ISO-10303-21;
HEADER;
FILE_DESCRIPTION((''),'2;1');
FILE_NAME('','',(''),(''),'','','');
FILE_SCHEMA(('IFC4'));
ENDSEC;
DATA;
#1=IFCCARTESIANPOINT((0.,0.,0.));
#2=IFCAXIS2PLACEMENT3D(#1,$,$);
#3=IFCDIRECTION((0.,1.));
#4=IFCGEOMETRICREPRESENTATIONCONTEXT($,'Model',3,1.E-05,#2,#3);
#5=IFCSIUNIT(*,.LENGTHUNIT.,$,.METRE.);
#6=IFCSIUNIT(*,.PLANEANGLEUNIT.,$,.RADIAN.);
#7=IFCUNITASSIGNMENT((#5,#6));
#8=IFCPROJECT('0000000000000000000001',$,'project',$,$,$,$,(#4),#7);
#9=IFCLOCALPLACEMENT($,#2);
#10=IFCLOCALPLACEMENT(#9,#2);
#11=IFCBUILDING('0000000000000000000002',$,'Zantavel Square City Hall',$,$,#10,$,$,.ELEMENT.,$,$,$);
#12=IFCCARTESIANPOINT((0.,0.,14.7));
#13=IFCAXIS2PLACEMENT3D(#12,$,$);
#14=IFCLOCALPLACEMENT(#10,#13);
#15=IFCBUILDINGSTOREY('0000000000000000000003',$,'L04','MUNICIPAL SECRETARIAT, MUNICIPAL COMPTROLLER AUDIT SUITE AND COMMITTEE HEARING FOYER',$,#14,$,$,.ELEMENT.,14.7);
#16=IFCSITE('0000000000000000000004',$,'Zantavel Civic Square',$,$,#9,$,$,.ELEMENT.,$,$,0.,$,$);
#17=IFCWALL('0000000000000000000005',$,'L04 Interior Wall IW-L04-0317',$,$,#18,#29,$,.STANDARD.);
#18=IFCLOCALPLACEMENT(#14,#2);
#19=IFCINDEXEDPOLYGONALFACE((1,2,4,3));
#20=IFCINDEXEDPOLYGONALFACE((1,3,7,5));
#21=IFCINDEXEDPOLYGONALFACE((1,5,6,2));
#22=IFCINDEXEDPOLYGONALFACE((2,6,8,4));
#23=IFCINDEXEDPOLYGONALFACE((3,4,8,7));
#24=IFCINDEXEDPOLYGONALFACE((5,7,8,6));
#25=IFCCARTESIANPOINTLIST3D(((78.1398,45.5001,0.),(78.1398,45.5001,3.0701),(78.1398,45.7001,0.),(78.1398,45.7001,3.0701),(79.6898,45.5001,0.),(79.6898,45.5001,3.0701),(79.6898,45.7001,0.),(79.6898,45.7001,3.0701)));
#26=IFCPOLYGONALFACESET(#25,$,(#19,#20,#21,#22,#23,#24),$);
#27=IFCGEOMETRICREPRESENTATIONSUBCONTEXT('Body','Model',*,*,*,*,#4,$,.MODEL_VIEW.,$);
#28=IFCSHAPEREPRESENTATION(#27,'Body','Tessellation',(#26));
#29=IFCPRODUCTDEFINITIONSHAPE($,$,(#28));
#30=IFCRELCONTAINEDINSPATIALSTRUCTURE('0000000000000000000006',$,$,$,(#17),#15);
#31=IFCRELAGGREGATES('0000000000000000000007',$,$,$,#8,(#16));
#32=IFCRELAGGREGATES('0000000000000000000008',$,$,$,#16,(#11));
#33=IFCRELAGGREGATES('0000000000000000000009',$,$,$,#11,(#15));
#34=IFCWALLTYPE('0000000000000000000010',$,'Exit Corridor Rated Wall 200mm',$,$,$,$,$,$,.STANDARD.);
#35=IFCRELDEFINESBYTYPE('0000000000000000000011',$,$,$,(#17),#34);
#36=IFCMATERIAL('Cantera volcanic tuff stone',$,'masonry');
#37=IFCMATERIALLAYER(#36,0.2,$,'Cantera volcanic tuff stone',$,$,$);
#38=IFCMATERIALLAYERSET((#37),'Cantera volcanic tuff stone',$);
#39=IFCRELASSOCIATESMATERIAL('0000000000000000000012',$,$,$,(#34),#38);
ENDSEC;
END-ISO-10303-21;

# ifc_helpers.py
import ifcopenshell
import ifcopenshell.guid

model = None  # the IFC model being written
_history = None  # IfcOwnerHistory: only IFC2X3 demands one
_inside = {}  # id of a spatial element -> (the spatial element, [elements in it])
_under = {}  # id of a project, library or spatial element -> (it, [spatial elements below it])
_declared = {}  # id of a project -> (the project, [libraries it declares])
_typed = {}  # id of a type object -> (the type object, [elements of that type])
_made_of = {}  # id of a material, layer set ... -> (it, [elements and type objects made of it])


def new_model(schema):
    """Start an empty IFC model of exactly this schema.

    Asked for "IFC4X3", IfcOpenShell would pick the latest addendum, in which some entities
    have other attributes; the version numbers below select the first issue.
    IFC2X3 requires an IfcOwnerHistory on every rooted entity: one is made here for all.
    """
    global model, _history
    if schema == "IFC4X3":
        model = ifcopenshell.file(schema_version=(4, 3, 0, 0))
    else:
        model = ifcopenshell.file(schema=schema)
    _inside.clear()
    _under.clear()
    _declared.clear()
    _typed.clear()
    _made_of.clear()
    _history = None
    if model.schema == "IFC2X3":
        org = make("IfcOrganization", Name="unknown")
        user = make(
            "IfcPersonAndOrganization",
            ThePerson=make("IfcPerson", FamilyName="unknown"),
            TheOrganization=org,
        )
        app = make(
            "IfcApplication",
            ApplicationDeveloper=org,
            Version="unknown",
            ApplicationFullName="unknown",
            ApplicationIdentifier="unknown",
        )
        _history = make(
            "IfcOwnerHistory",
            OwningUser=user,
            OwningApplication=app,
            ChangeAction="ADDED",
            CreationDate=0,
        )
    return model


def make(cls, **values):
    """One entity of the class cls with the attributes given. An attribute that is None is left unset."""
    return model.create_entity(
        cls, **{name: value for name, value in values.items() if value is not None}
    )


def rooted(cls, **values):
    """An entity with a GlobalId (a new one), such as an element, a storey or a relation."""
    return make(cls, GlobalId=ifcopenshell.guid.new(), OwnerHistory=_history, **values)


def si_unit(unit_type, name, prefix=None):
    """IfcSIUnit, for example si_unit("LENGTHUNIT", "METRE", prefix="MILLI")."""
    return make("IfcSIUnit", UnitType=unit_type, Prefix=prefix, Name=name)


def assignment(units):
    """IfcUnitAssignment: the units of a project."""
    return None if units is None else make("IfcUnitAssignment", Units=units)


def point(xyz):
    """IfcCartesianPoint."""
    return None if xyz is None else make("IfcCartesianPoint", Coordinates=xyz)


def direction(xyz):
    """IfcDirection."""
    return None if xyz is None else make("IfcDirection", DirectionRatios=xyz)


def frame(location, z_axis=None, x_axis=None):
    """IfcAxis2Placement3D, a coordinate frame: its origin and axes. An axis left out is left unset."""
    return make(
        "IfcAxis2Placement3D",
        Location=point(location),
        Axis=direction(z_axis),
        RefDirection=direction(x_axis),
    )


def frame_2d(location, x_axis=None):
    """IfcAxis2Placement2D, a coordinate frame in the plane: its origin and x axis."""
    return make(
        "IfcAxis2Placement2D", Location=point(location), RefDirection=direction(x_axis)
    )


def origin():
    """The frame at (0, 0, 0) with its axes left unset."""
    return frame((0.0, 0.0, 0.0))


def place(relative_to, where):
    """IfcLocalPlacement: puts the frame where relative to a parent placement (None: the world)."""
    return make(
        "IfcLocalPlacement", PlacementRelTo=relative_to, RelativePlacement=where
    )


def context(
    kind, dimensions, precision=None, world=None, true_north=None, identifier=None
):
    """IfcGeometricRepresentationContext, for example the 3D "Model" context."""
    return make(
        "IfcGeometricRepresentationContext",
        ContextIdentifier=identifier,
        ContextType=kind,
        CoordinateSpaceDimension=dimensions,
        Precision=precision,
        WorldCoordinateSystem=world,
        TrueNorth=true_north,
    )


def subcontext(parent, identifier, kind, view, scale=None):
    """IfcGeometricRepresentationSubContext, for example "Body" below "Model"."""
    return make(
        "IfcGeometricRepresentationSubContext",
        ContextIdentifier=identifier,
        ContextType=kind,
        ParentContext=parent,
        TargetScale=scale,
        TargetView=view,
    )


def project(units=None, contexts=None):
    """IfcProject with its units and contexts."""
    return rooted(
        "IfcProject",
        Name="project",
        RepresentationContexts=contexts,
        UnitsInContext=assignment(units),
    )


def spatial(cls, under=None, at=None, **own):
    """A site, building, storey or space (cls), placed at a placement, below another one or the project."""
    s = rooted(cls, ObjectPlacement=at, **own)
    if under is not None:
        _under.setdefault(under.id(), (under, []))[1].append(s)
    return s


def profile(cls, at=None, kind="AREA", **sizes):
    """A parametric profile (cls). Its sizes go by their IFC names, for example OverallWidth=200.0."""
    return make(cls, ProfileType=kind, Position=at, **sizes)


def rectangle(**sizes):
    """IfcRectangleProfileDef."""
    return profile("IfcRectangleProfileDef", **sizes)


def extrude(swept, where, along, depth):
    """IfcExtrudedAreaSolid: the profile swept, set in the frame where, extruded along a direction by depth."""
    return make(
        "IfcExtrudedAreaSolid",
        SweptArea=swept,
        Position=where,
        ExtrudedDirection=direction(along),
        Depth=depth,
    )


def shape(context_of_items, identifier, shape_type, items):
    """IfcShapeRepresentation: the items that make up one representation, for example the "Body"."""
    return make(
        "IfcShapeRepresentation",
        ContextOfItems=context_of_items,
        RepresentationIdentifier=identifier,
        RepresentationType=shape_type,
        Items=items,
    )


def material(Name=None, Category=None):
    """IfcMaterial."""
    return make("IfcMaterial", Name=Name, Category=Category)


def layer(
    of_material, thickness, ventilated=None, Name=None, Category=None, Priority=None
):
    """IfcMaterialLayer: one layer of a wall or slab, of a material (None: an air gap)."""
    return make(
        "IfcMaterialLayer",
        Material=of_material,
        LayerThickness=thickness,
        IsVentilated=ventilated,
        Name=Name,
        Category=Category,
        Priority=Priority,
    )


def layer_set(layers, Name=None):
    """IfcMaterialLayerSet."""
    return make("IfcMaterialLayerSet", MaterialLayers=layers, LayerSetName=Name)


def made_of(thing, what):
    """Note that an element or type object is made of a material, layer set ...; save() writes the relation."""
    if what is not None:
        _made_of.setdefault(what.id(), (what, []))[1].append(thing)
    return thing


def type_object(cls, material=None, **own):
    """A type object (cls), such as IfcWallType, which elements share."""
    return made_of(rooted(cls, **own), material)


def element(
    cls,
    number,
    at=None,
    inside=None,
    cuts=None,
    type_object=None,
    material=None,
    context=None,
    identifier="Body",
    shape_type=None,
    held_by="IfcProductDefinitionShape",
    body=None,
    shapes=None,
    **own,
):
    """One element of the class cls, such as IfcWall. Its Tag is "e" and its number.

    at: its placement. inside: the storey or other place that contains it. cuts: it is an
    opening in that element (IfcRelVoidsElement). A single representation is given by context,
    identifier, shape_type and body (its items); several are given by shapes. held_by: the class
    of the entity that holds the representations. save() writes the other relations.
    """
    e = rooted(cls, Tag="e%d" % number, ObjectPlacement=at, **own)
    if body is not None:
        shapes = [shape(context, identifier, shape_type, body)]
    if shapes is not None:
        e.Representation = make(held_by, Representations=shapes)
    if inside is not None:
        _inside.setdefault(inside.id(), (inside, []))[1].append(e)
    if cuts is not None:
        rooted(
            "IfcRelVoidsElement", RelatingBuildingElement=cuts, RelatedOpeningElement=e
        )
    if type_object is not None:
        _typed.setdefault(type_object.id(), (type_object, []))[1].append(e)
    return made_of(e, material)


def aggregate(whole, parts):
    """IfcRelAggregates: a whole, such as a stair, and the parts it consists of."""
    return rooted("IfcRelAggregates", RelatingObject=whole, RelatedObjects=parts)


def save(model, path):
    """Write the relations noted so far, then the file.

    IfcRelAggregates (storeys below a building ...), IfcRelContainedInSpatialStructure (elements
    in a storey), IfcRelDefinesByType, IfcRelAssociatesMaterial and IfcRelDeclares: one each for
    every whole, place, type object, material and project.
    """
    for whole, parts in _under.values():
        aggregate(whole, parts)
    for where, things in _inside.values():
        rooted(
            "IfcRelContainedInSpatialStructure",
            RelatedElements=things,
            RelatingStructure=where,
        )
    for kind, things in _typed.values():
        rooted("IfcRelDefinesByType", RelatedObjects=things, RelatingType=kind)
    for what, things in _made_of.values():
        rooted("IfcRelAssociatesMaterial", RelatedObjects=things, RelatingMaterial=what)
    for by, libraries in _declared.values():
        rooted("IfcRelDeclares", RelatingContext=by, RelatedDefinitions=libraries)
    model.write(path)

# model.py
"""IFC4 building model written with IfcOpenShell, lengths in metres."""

from ifc_helpers import new_model, si_unit, direction, frame, frame_2d, origin, place, context, subcontext, project, spatial, rectangle, extrude, material, layer, layer_set, type_object, element, save


model = new_model("IFC4")

# Units and contexts
model_context = context("Model", 3, precision=1e-05, world=origin(), true_north=direction((0.0, 1.0)))
body_context = subcontext(model_context, "Body", "Model", "MODEL_VIEW")
ifc_project = project(units=[si_unit("LENGTHUNIT", "METRE"), si_unit("PLANEANGLEUNIT", "RADIAN")], contexts=[model_context])

# Site, building, storey
site_placement = place(None, origin())
site = spatial("IfcSite", under=ifc_project, at=site_placement, Name="Zantavel Civic Square", CompositionType="ELEMENT", RefElevation=0.0)
building_placement = place(site_placement, origin())
building = spatial("IfcBuilding", under=site, at=building_placement, Name="Zantavel Square City Hall", CompositionType="ELEMENT")
storey_placement = place(building_placement, frame((0.0, 0.0, 14.7)))
storey = spatial("IfcBuildingStorey", under=building, at=storey_placement, Name="L04", Description="MUNICIPAL SECRETARIAT, MUNICIPAL COMPTROLLER AUDIT SUITE AND COMMITTEE HEARING FOYER", CompositionType="ELEMENT", Elevation=14.7)

# Wall
ifc_material_1 = material(Name="Cantera volcanic tuff stone", Category="masonry")
ifc_layer_1 = layer(ifc_material_1, 0.2, Name="Cantera volcanic tuff stone")
ifc_layer_set_1 = layer_set([ifc_layer_1], Name="Cantera volcanic tuff stone")
wall_type_1 = type_object("IfcWallType", Name="Exit Corridor Rated Wall 200mm", PredefinedType="STANDARD", material=ifc_layer_set_1)
wall_1_placement = place(storey_placement, frame((78.1399, 45.6001, 0.0), z_axis=(0.0, 0.0, 1.0), x_axis=(1.0, 0.0, 0.0)))
element("IfcWall", 1, at=wall_1_placement, inside=storey, type_object=wall_type_1, Name="L04 Interior Wall IW-L04-0317", PredefinedType="STANDARD", context=body_context, shape_type="SweptSolid", body=[
    extrude(rectangle(XDim=1.55, YDim=0.2, at=frame_2d((0.7749, 0.0))), origin(), (0.0, 0.0, 1.0), 3.0701),
])

save(model, "model.ifc")
